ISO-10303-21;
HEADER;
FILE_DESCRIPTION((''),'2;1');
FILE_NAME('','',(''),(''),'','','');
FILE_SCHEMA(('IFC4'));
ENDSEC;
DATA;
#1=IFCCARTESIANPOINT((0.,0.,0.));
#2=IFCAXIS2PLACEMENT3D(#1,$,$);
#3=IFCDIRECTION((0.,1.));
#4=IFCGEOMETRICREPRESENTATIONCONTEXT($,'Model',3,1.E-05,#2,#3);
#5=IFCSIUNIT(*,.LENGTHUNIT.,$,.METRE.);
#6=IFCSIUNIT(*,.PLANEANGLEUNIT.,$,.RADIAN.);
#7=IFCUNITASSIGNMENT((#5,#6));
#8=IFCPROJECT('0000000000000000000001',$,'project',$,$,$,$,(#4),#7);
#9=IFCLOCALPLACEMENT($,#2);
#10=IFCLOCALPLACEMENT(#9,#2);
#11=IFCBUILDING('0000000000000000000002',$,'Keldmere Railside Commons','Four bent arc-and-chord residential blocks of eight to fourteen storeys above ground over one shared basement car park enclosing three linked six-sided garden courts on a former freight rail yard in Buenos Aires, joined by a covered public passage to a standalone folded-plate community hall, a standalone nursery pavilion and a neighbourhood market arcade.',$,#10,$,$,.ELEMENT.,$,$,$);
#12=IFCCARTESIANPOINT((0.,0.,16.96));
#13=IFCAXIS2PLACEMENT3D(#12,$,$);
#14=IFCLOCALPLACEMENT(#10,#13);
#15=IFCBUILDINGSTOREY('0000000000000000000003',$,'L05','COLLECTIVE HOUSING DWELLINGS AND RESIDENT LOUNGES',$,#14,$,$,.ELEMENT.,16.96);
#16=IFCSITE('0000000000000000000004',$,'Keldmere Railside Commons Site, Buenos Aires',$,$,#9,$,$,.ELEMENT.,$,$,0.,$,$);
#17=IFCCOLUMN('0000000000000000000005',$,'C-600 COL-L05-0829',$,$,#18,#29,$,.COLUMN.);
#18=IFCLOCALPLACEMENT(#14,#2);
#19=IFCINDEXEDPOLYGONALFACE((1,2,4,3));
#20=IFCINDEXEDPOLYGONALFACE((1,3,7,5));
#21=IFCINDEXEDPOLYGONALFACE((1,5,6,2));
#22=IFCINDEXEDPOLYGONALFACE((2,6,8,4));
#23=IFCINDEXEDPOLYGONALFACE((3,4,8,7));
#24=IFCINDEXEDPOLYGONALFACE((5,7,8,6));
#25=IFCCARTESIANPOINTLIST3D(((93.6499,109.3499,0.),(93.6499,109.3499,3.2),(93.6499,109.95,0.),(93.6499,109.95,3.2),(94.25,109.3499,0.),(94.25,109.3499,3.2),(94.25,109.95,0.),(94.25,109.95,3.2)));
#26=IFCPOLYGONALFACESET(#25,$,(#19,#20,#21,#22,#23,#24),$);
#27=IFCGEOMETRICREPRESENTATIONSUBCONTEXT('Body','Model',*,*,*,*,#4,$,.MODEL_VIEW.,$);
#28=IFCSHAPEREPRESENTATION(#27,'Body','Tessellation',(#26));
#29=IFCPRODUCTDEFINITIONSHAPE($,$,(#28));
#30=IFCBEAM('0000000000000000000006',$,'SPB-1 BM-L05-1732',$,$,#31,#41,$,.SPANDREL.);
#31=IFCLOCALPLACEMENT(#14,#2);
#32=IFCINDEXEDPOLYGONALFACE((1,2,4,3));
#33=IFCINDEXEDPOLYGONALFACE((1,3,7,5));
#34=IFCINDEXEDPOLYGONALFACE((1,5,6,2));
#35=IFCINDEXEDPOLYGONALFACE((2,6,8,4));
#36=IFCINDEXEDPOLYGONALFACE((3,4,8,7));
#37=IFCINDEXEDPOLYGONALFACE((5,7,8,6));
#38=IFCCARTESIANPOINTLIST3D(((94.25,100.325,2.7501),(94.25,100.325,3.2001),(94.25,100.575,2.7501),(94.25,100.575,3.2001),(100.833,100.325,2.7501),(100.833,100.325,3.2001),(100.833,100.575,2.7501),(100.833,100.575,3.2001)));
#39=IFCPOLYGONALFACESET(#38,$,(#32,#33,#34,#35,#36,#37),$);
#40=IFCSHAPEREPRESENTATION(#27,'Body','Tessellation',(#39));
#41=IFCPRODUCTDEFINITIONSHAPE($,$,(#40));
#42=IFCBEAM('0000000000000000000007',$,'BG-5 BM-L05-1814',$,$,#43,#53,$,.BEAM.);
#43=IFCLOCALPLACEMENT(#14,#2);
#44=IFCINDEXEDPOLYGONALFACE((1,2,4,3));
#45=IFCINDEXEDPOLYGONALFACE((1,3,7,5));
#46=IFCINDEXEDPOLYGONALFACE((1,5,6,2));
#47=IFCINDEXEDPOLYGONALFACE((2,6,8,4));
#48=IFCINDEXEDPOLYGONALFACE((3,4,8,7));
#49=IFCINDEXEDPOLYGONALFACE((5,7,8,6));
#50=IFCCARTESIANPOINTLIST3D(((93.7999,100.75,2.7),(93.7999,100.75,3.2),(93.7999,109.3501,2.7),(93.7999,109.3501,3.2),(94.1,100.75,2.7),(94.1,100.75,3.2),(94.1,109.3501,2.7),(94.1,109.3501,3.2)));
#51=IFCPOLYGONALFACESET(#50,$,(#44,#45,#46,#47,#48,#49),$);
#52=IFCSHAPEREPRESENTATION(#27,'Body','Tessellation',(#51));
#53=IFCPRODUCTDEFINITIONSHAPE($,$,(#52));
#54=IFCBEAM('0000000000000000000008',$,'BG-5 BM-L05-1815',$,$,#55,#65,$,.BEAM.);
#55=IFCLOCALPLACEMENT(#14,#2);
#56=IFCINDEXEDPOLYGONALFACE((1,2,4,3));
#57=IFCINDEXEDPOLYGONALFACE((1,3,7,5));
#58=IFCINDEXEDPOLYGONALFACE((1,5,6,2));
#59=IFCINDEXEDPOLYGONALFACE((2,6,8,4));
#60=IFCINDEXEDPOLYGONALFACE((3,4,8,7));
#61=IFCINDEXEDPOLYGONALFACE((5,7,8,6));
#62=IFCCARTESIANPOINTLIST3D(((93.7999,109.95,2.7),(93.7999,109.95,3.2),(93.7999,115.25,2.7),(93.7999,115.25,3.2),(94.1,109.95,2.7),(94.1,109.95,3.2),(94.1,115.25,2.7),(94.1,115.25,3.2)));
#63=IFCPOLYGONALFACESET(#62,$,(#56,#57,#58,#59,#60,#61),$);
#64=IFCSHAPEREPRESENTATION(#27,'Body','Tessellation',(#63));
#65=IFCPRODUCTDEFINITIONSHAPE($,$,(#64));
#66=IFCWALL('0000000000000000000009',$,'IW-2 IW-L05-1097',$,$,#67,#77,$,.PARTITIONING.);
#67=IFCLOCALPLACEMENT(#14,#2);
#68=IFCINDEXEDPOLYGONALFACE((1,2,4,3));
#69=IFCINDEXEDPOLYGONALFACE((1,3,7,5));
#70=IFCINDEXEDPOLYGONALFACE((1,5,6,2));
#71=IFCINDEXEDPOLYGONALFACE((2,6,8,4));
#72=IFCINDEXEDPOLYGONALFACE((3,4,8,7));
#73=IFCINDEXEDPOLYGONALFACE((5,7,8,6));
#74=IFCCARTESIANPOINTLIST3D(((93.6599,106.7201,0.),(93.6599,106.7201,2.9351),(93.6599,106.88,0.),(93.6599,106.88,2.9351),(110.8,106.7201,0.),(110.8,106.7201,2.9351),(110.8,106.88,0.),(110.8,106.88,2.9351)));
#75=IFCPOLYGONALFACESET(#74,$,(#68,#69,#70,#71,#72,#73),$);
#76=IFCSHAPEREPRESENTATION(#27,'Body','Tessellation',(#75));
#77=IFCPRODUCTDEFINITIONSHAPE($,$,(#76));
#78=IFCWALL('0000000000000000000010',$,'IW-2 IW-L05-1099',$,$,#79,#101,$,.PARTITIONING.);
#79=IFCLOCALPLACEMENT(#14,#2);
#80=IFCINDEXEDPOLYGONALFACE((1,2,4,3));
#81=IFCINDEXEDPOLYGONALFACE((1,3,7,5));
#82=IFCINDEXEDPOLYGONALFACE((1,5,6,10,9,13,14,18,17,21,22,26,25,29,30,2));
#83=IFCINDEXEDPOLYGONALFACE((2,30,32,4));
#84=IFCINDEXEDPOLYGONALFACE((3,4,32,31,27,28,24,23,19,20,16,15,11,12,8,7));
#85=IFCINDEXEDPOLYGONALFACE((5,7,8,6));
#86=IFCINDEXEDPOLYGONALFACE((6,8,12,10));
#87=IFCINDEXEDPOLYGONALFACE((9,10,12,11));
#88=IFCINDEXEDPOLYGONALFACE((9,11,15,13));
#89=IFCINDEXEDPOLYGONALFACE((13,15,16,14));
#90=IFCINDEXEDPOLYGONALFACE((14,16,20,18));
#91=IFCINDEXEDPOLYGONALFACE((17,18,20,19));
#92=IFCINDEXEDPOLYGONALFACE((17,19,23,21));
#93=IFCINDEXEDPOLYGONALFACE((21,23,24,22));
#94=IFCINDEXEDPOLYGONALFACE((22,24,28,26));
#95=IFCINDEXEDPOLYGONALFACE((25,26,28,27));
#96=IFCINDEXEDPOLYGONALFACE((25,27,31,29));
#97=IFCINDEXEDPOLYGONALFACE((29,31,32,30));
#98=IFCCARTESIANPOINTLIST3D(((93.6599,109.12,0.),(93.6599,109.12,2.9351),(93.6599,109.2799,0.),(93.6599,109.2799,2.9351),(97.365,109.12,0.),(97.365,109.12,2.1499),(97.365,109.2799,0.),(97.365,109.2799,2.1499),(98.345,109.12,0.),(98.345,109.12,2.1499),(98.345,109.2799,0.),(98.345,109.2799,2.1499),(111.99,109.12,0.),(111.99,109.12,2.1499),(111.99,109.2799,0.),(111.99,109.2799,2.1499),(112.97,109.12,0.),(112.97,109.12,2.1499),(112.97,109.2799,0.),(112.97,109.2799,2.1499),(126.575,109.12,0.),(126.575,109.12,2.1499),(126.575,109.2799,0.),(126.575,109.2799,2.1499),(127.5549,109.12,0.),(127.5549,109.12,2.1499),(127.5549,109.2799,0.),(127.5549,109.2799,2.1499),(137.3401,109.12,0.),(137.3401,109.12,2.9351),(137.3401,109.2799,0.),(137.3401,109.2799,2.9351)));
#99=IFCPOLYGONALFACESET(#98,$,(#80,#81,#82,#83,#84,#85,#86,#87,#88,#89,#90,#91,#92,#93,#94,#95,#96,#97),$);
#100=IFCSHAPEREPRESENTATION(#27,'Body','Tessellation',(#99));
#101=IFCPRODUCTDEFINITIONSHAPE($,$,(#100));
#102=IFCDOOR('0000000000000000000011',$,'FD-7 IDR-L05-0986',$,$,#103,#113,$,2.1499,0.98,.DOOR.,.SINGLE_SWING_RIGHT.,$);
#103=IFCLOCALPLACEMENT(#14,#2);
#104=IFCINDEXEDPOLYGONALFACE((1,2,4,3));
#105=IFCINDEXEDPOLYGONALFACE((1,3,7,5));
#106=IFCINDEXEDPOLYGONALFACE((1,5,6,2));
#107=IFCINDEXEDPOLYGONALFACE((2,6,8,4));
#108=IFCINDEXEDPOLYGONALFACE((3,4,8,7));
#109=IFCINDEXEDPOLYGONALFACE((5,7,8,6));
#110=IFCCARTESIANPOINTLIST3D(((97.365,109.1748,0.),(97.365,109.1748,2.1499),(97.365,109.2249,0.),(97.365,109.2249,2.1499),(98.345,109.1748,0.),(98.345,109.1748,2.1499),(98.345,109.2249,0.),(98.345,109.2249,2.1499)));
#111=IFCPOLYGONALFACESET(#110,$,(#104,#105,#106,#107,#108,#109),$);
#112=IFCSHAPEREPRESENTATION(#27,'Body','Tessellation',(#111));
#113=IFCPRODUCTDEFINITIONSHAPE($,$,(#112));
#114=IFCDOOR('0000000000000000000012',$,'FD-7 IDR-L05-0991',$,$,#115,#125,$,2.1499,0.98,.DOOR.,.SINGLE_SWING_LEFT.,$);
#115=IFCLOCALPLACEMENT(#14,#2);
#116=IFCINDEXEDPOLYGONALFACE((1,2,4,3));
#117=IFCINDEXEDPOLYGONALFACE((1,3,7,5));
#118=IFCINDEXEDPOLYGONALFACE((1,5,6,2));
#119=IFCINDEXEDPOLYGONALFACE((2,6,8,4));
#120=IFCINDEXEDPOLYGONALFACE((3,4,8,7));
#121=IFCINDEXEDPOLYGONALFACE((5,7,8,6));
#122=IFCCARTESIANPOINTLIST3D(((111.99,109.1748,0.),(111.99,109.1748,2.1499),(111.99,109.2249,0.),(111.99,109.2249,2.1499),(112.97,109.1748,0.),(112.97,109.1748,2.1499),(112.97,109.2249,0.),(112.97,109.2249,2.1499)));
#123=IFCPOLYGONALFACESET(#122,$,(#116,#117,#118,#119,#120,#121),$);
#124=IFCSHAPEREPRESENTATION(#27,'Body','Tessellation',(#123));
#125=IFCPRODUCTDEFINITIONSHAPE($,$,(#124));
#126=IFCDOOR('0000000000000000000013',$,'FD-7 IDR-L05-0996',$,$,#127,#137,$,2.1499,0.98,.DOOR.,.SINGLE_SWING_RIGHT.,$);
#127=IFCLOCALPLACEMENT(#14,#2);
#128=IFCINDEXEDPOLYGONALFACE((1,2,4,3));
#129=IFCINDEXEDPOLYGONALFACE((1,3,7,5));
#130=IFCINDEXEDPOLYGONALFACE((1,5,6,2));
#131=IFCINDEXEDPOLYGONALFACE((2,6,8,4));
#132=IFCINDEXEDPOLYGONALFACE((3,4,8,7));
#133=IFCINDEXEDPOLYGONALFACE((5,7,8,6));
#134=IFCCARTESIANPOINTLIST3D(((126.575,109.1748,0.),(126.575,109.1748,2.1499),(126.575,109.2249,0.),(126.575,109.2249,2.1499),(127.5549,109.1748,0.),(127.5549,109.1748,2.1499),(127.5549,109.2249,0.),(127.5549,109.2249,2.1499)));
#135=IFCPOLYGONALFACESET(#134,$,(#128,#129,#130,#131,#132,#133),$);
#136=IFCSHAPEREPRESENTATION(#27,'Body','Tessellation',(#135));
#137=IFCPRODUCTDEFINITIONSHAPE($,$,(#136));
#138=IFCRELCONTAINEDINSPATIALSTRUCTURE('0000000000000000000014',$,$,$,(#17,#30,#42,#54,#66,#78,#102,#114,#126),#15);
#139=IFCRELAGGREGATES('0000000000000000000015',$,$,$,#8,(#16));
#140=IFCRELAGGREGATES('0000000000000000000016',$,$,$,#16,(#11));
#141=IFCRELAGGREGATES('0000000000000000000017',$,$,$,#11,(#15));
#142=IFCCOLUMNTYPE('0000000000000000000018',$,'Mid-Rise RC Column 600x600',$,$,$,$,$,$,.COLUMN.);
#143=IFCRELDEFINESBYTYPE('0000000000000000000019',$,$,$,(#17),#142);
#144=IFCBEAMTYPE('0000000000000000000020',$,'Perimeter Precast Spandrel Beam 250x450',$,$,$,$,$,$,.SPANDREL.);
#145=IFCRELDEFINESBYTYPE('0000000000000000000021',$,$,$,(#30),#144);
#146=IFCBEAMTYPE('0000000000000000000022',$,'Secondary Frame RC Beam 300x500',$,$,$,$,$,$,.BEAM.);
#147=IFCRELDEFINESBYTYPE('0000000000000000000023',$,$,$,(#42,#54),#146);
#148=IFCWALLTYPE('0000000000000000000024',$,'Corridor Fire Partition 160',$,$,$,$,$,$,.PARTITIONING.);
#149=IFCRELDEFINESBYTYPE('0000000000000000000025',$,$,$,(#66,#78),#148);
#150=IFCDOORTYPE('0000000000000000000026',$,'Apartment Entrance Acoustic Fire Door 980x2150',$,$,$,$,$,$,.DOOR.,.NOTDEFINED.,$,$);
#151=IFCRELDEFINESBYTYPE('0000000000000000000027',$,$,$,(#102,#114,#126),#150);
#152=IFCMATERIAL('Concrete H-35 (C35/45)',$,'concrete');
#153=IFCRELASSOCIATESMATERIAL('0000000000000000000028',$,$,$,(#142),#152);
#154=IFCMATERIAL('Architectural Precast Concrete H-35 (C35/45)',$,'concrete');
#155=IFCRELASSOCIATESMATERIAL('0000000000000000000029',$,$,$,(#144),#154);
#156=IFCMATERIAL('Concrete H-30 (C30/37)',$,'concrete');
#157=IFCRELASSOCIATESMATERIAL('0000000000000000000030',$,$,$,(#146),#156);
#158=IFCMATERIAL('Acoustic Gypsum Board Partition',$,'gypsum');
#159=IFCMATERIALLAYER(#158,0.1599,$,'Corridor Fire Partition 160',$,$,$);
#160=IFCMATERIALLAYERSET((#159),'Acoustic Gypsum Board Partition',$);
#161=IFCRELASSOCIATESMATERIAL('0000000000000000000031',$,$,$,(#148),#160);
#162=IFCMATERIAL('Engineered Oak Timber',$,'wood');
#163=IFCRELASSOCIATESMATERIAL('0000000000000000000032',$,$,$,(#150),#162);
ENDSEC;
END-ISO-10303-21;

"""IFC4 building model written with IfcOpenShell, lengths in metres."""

from ifc_helpers import new_model, si_unit, direction, frame, frame_2d, origin, origin_2d, place, context, subcontext, project, spatial, rectangle, extrude, material, layer, layer_set, material_profile, profile_set, type_object, element, fill, save


model = new_model("IFC4")

# Units and contexts
model_context = context("Model", 3, precision=1e-05, world=origin(), true_north=direction((0.0, 1.0)))
body_context = subcontext(model_context, "Body", "Model", "MODEL_VIEW")
ifc_project = project(units=[si_unit("LENGTHUNIT", "METRE"), si_unit("PLANEANGLEUNIT", "RADIAN")], contexts=[model_context])

# Site, building, storey
site_placement = place(None, origin())
site = spatial("IfcSite", under=ifc_project, at=site_placement, Name="Keldmere Railside Commons Site, Buenos Aires", CompositionType="ELEMENT", RefElevation=0.0)
building_placement = place(site_placement, origin())
building = spatial("IfcBuilding", under=site, at=building_placement, Name="Keldmere Railside Commons", Description="Four bent arc-and-chord residential blocks of eight to fourteen storeys above ground over one shared basement car park enclosing three linked six-sided garden courts on a former freight rail yard in Buenos Aires, joined by a covered public passage to a standalone folded-plate community hall, a standalone nursery pavilion and a neighbourhood market arcade.", CompositionType="ELEMENT")
storey_placement = place(building_placement, frame((0.0, 0.0, 16.96)))
storey = spatial("IfcBuildingStorey", under=building, at=storey_placement, Name="L05", Description="COLLECTIVE HOUSING DWELLINGS AND RESIDENT LOUNGES", CompositionType="ELEMENT", Elevation=16.96)

# Column
ifc_material_1 = material(Name="Concrete H-35 (C35/45)", Category="concrete")
ifc_material_profile_1 = material_profile(ifc_material_1, rectangle(XDim=0.6001, YDim=0.6001, at=origin_2d()), Name="RC-600x600")
ifc_profile_set_1 = profile_set([ifc_material_profile_1], Name="Concrete H-35 (C35/45)")
column_type = type_object("IfcColumnType", Name="Mid-Rise RC Column 600x600", PredefinedType="COLUMN", material=ifc_profile_set_1)
column_placement = place(storey_placement, frame((93.95, 109.6499, 0.0), z_axis=(0.0, 0.0, 1.0), x_axis=(1.0, 0.0, 0.0)))
element("IfcColumn", 1, at=column_placement, inside=storey, type_object=column_type, Name="C-600 COL-L05-0829", PredefinedType="COLUMN", context=body_context, shape_type="SweptSolid", body=[
    extrude(rectangle(XDim=0.6001, YDim=0.6001, at=origin_2d()), origin(), (0.0, 0.0, 1.0), 3.2),
])

# Beams
ifc_material_2 = material(Name="Architectural Precast Concrete H-35 (C35/45)", Category="concrete")
ifc_material_profile_2 = material_profile(ifc_material_2, rectangle(XDim=0.25, YDim=0.45, at=origin_2d()), Name="RC-250x450")
ifc_profile_set_2 = profile_set([ifc_material_profile_2], Name="Architectural Precast Concrete H-35 (C35/45)")
beam_type_1 = type_object("IfcBeamType", Name="Perimeter Precast Spandrel Beam 250x450", PredefinedType="SPANDREL", material=ifc_profile_set_2)
beam_1_placement = place(storey_placement, frame((94.25, 100.45, 2.9751), z_axis=(1.0, 0.0, 0.0), x_axis=(0.0, 1.0, 0.0)))
element("IfcBeam", 2, at=beam_1_placement, inside=storey, type_object=beam_type_1, Name="SPB-1 BM-L05-1732", PredefinedType="SPANDREL", context=body_context, shape_type="SweptSolid", body=[
    extrude(rectangle(XDim=0.25, YDim=0.45, at=origin_2d()), origin(), (0.0, 0.0, 1.0), 6.583),
])
ifc_material_3 = material(Name="Concrete H-30 (C30/37)", Category="concrete")
ifc_material_profile_3 = material_profile(ifc_material_3, rectangle(XDim=0.3, YDim=0.5, at=origin_2d()), Name="RC-300x500")
ifc_profile_set_3 = profile_set([ifc_material_profile_3], Name="Concrete H-30 (C30/37)")
beam_type_2 = type_object("IfcBeamType", Name="Secondary Frame RC Beam 300x500", PredefinedType="BEAM", material=ifc_profile_set_3)
beam_2_placement = place(storey_placement, frame((93.95, 100.75, 2.95), z_axis=(0.0, 1.0, 0.0), x_axis=(-1.0, 0.0, 0.0)))
element("IfcBeam", 3, at=beam_2_placement, inside=storey, type_object=beam_type_2, Name="BG-5 BM-L05-1814", PredefinedType="BEAM", context=body_context, shape_type="SweptSolid", body=[
    extrude(rectangle(XDim=0.3, YDim=0.5, at=origin_2d()), origin(), (0.0, 0.0, 1.0), 8.6001),
])
beam_3_placement = place(storey_placement, frame((93.95, 109.95, 2.95), z_axis=(0.0, 1.0, 0.0), x_axis=(-1.0, 0.0, 0.0)))
element("IfcBeam", 4, at=beam_3_placement, inside=storey, type_object=beam_type_2, Name="BG-5 BM-L05-1815", PredefinedType="BEAM", context=body_context, shape_type="SweptSolid", body=[
    extrude(rectangle(XDim=0.3, YDim=0.5, at=origin_2d()), origin(), (0.0, 0.0, 1.0), 5.3),
])

# Wall
ifc_material_4 = material(Name="Acoustic Gypsum Board Partition", Category="gypsum")
ifc_layer = layer(ifc_material_4, 0.1599, Name="Corridor Fire Partition 160")
ifc_layer_set = layer_set([ifc_layer], Name="Acoustic Gypsum Board Partition")
wall_type = type_object("IfcWallType", Name="Corridor Fire Partition 160", PredefinedType="PARTITIONING", material=ifc_layer_set)
wall_1_placement = place(storey_placement, frame((93.6599, 106.8, 0.0), z_axis=(0.0, 0.0, 1.0), x_axis=(1.0, 0.0, 0.0)))
element("IfcWall", 5, at=wall_1_placement, inside=storey, type_object=wall_type, Name="IW-2 IW-L05-1097", PredefinedType="PARTITIONING", context=body_context, shape_type="SweptSolid", body=[
    extrude(rectangle(XDim=17.1401, YDim=0.1599, at=frame_2d((8.5701, 0.0))), origin(), (0.0, 0.0, 1.0), 2.9351),
])

# Wall, openings, doors
wall_2_placement = place(storey_placement, frame((93.6599, 109.2, 0.0), z_axis=(0.0, 0.0, 1.0), x_axis=(1.0, 0.0, 0.0)))
wall_2 = element("IfcWall", 6, at=wall_2_placement, inside=storey, type_object=wall_type, Name="IW-2 IW-L05-1099", PredefinedType="PARTITIONING", context=body_context, shape_type="SweptSolid", body=[
    extrude(rectangle(XDim=43.6802, YDim=0.1599, at=frame_2d((21.8401, 0.0))), origin(), (0.0, 0.0, 1.0), 2.9351),
])
opening_1_placement = place(wall_2_placement, frame((3.7051, 0.0, 0.0)))
opening_1 = element("IfcOpeningElement", 7, at=opening_1_placement, cuts=wall_2, PredefinedType="OPENING", context=body_context, shape_type="SweptSolid", body=[
    extrude(rectangle(XDim=0.98, YDim=2.1499, at=frame_2d((0.49, 1.075))), frame((0.0, 0.0898, 0.0), z_axis=(0.0, -1.0, 0.0), x_axis=(1.0, 0.0, 0.0)), (0.0, 0.0, 1.0), 0.1799),
])
opening_2_placement = place(wall_2_placement, frame((18.3301, 0.0, 0.0)))
opening_2 = element("IfcOpeningElement", 8, at=opening_2_placement, cuts=wall_2, PredefinedType="OPENING", context=body_context, shape_type="SweptSolid", body=[
    extrude(rectangle(XDim=0.98, YDim=2.1499, at=frame_2d((0.49, 1.075))), frame((0.0, 0.0898, 0.0), z_axis=(0.0, -1.0, 0.0), x_axis=(1.0, 0.0, 0.0)), (0.0, 0.0, 1.0), 0.1799),
])
opening_3_placement = place(wall_2_placement, frame((32.915, 0.0, 0.0)))
opening_3 = element("IfcOpeningElement", 9, at=opening_3_placement, cuts=wall_2, PredefinedType="OPENING", context=body_context, shape_type="SweptSolid", body=[
    extrude(rectangle(XDim=0.98, YDim=2.1499, at=frame_2d((0.49, 1.075))), frame((0.0, 0.0898, 0.0), z_axis=(0.0, -1.0, 0.0), x_axis=(1.0, 0.0, 0.0)), (0.0, 0.0, 1.0), 0.1799),
])
ifc_material_5 = material(Name="Engineered Oak Timber", Category="wood")
door_type = type_object("IfcDoorType", Name="Apartment Entrance Acoustic Fire Door 980x2150", OperationType="NOTDEFINED", PredefinedType="DOOR", material=ifc_material_5)
door_1_placement = place(opening_1_placement, origin())
door_1 = element("IfcDoor", 10, at=door_1_placement, inside=storey, type_object=door_type, Name="FD-7 IDR-L05-0986", OperationType="SINGLE_SWING_RIGHT", OverallHeight=2.1499, OverallWidth=0.98, PredefinedType="DOOR", context=body_context, shape_type="SweptSolid", body=[
    extrude(rectangle(XDim=0.98, YDim=2.1499, at=frame_2d((0.49, 1.075))), frame((0.0, 0.0249, 0.0), z_axis=(0.0, -1.0, 0.0), x_axis=(1.0, 0.0, 0.0)), (0.0, 0.0, 1.0), 0.05),
])
fill(opening_1, door_1)
door_2_placement = place(opening_2_placement, origin())
door_2 = element("IfcDoor", 11, at=door_2_placement, inside=storey, type_object=door_type, Name="FD-7 IDR-L05-0991", OperationType="SINGLE_SWING_LEFT", OverallHeight=2.1499, OverallWidth=0.98, PredefinedType="DOOR", context=body_context, shape_type="SweptSolid", body=[
    extrude(rectangle(XDim=0.98, YDim=2.1499, at=frame_2d((0.49, 1.075))), frame((0.0, 0.0249, 0.0), z_axis=(0.0, -1.0, 0.0), x_axis=(1.0, 0.0, 0.0)), (0.0, 0.0, 1.0), 0.05),
])
fill(opening_2, door_2)
door_3_placement = place(opening_3_placement, origin())
door_3 = element("IfcDoor", 12, at=door_3_placement, inside=storey, type_object=door_type, Name="FD-7 IDR-L05-0996", OperationType="SINGLE_SWING_RIGHT", OverallHeight=2.1499, OverallWidth=0.98, PredefinedType="DOOR", context=body_context, shape_type="SweptSolid", body=[
    extrude(rectangle(XDim=0.98, YDim=2.1499, at=frame_2d((0.49, 1.075))), frame((0.0, 0.0249, 0.0), z_axis=(0.0, -1.0, 0.0), x_axis=(1.0, 0.0, 0.0)), (0.0, 0.0, 1.0), 0.05),
])
fill(opening_3, door_3)

save(model, "model.ifc")
